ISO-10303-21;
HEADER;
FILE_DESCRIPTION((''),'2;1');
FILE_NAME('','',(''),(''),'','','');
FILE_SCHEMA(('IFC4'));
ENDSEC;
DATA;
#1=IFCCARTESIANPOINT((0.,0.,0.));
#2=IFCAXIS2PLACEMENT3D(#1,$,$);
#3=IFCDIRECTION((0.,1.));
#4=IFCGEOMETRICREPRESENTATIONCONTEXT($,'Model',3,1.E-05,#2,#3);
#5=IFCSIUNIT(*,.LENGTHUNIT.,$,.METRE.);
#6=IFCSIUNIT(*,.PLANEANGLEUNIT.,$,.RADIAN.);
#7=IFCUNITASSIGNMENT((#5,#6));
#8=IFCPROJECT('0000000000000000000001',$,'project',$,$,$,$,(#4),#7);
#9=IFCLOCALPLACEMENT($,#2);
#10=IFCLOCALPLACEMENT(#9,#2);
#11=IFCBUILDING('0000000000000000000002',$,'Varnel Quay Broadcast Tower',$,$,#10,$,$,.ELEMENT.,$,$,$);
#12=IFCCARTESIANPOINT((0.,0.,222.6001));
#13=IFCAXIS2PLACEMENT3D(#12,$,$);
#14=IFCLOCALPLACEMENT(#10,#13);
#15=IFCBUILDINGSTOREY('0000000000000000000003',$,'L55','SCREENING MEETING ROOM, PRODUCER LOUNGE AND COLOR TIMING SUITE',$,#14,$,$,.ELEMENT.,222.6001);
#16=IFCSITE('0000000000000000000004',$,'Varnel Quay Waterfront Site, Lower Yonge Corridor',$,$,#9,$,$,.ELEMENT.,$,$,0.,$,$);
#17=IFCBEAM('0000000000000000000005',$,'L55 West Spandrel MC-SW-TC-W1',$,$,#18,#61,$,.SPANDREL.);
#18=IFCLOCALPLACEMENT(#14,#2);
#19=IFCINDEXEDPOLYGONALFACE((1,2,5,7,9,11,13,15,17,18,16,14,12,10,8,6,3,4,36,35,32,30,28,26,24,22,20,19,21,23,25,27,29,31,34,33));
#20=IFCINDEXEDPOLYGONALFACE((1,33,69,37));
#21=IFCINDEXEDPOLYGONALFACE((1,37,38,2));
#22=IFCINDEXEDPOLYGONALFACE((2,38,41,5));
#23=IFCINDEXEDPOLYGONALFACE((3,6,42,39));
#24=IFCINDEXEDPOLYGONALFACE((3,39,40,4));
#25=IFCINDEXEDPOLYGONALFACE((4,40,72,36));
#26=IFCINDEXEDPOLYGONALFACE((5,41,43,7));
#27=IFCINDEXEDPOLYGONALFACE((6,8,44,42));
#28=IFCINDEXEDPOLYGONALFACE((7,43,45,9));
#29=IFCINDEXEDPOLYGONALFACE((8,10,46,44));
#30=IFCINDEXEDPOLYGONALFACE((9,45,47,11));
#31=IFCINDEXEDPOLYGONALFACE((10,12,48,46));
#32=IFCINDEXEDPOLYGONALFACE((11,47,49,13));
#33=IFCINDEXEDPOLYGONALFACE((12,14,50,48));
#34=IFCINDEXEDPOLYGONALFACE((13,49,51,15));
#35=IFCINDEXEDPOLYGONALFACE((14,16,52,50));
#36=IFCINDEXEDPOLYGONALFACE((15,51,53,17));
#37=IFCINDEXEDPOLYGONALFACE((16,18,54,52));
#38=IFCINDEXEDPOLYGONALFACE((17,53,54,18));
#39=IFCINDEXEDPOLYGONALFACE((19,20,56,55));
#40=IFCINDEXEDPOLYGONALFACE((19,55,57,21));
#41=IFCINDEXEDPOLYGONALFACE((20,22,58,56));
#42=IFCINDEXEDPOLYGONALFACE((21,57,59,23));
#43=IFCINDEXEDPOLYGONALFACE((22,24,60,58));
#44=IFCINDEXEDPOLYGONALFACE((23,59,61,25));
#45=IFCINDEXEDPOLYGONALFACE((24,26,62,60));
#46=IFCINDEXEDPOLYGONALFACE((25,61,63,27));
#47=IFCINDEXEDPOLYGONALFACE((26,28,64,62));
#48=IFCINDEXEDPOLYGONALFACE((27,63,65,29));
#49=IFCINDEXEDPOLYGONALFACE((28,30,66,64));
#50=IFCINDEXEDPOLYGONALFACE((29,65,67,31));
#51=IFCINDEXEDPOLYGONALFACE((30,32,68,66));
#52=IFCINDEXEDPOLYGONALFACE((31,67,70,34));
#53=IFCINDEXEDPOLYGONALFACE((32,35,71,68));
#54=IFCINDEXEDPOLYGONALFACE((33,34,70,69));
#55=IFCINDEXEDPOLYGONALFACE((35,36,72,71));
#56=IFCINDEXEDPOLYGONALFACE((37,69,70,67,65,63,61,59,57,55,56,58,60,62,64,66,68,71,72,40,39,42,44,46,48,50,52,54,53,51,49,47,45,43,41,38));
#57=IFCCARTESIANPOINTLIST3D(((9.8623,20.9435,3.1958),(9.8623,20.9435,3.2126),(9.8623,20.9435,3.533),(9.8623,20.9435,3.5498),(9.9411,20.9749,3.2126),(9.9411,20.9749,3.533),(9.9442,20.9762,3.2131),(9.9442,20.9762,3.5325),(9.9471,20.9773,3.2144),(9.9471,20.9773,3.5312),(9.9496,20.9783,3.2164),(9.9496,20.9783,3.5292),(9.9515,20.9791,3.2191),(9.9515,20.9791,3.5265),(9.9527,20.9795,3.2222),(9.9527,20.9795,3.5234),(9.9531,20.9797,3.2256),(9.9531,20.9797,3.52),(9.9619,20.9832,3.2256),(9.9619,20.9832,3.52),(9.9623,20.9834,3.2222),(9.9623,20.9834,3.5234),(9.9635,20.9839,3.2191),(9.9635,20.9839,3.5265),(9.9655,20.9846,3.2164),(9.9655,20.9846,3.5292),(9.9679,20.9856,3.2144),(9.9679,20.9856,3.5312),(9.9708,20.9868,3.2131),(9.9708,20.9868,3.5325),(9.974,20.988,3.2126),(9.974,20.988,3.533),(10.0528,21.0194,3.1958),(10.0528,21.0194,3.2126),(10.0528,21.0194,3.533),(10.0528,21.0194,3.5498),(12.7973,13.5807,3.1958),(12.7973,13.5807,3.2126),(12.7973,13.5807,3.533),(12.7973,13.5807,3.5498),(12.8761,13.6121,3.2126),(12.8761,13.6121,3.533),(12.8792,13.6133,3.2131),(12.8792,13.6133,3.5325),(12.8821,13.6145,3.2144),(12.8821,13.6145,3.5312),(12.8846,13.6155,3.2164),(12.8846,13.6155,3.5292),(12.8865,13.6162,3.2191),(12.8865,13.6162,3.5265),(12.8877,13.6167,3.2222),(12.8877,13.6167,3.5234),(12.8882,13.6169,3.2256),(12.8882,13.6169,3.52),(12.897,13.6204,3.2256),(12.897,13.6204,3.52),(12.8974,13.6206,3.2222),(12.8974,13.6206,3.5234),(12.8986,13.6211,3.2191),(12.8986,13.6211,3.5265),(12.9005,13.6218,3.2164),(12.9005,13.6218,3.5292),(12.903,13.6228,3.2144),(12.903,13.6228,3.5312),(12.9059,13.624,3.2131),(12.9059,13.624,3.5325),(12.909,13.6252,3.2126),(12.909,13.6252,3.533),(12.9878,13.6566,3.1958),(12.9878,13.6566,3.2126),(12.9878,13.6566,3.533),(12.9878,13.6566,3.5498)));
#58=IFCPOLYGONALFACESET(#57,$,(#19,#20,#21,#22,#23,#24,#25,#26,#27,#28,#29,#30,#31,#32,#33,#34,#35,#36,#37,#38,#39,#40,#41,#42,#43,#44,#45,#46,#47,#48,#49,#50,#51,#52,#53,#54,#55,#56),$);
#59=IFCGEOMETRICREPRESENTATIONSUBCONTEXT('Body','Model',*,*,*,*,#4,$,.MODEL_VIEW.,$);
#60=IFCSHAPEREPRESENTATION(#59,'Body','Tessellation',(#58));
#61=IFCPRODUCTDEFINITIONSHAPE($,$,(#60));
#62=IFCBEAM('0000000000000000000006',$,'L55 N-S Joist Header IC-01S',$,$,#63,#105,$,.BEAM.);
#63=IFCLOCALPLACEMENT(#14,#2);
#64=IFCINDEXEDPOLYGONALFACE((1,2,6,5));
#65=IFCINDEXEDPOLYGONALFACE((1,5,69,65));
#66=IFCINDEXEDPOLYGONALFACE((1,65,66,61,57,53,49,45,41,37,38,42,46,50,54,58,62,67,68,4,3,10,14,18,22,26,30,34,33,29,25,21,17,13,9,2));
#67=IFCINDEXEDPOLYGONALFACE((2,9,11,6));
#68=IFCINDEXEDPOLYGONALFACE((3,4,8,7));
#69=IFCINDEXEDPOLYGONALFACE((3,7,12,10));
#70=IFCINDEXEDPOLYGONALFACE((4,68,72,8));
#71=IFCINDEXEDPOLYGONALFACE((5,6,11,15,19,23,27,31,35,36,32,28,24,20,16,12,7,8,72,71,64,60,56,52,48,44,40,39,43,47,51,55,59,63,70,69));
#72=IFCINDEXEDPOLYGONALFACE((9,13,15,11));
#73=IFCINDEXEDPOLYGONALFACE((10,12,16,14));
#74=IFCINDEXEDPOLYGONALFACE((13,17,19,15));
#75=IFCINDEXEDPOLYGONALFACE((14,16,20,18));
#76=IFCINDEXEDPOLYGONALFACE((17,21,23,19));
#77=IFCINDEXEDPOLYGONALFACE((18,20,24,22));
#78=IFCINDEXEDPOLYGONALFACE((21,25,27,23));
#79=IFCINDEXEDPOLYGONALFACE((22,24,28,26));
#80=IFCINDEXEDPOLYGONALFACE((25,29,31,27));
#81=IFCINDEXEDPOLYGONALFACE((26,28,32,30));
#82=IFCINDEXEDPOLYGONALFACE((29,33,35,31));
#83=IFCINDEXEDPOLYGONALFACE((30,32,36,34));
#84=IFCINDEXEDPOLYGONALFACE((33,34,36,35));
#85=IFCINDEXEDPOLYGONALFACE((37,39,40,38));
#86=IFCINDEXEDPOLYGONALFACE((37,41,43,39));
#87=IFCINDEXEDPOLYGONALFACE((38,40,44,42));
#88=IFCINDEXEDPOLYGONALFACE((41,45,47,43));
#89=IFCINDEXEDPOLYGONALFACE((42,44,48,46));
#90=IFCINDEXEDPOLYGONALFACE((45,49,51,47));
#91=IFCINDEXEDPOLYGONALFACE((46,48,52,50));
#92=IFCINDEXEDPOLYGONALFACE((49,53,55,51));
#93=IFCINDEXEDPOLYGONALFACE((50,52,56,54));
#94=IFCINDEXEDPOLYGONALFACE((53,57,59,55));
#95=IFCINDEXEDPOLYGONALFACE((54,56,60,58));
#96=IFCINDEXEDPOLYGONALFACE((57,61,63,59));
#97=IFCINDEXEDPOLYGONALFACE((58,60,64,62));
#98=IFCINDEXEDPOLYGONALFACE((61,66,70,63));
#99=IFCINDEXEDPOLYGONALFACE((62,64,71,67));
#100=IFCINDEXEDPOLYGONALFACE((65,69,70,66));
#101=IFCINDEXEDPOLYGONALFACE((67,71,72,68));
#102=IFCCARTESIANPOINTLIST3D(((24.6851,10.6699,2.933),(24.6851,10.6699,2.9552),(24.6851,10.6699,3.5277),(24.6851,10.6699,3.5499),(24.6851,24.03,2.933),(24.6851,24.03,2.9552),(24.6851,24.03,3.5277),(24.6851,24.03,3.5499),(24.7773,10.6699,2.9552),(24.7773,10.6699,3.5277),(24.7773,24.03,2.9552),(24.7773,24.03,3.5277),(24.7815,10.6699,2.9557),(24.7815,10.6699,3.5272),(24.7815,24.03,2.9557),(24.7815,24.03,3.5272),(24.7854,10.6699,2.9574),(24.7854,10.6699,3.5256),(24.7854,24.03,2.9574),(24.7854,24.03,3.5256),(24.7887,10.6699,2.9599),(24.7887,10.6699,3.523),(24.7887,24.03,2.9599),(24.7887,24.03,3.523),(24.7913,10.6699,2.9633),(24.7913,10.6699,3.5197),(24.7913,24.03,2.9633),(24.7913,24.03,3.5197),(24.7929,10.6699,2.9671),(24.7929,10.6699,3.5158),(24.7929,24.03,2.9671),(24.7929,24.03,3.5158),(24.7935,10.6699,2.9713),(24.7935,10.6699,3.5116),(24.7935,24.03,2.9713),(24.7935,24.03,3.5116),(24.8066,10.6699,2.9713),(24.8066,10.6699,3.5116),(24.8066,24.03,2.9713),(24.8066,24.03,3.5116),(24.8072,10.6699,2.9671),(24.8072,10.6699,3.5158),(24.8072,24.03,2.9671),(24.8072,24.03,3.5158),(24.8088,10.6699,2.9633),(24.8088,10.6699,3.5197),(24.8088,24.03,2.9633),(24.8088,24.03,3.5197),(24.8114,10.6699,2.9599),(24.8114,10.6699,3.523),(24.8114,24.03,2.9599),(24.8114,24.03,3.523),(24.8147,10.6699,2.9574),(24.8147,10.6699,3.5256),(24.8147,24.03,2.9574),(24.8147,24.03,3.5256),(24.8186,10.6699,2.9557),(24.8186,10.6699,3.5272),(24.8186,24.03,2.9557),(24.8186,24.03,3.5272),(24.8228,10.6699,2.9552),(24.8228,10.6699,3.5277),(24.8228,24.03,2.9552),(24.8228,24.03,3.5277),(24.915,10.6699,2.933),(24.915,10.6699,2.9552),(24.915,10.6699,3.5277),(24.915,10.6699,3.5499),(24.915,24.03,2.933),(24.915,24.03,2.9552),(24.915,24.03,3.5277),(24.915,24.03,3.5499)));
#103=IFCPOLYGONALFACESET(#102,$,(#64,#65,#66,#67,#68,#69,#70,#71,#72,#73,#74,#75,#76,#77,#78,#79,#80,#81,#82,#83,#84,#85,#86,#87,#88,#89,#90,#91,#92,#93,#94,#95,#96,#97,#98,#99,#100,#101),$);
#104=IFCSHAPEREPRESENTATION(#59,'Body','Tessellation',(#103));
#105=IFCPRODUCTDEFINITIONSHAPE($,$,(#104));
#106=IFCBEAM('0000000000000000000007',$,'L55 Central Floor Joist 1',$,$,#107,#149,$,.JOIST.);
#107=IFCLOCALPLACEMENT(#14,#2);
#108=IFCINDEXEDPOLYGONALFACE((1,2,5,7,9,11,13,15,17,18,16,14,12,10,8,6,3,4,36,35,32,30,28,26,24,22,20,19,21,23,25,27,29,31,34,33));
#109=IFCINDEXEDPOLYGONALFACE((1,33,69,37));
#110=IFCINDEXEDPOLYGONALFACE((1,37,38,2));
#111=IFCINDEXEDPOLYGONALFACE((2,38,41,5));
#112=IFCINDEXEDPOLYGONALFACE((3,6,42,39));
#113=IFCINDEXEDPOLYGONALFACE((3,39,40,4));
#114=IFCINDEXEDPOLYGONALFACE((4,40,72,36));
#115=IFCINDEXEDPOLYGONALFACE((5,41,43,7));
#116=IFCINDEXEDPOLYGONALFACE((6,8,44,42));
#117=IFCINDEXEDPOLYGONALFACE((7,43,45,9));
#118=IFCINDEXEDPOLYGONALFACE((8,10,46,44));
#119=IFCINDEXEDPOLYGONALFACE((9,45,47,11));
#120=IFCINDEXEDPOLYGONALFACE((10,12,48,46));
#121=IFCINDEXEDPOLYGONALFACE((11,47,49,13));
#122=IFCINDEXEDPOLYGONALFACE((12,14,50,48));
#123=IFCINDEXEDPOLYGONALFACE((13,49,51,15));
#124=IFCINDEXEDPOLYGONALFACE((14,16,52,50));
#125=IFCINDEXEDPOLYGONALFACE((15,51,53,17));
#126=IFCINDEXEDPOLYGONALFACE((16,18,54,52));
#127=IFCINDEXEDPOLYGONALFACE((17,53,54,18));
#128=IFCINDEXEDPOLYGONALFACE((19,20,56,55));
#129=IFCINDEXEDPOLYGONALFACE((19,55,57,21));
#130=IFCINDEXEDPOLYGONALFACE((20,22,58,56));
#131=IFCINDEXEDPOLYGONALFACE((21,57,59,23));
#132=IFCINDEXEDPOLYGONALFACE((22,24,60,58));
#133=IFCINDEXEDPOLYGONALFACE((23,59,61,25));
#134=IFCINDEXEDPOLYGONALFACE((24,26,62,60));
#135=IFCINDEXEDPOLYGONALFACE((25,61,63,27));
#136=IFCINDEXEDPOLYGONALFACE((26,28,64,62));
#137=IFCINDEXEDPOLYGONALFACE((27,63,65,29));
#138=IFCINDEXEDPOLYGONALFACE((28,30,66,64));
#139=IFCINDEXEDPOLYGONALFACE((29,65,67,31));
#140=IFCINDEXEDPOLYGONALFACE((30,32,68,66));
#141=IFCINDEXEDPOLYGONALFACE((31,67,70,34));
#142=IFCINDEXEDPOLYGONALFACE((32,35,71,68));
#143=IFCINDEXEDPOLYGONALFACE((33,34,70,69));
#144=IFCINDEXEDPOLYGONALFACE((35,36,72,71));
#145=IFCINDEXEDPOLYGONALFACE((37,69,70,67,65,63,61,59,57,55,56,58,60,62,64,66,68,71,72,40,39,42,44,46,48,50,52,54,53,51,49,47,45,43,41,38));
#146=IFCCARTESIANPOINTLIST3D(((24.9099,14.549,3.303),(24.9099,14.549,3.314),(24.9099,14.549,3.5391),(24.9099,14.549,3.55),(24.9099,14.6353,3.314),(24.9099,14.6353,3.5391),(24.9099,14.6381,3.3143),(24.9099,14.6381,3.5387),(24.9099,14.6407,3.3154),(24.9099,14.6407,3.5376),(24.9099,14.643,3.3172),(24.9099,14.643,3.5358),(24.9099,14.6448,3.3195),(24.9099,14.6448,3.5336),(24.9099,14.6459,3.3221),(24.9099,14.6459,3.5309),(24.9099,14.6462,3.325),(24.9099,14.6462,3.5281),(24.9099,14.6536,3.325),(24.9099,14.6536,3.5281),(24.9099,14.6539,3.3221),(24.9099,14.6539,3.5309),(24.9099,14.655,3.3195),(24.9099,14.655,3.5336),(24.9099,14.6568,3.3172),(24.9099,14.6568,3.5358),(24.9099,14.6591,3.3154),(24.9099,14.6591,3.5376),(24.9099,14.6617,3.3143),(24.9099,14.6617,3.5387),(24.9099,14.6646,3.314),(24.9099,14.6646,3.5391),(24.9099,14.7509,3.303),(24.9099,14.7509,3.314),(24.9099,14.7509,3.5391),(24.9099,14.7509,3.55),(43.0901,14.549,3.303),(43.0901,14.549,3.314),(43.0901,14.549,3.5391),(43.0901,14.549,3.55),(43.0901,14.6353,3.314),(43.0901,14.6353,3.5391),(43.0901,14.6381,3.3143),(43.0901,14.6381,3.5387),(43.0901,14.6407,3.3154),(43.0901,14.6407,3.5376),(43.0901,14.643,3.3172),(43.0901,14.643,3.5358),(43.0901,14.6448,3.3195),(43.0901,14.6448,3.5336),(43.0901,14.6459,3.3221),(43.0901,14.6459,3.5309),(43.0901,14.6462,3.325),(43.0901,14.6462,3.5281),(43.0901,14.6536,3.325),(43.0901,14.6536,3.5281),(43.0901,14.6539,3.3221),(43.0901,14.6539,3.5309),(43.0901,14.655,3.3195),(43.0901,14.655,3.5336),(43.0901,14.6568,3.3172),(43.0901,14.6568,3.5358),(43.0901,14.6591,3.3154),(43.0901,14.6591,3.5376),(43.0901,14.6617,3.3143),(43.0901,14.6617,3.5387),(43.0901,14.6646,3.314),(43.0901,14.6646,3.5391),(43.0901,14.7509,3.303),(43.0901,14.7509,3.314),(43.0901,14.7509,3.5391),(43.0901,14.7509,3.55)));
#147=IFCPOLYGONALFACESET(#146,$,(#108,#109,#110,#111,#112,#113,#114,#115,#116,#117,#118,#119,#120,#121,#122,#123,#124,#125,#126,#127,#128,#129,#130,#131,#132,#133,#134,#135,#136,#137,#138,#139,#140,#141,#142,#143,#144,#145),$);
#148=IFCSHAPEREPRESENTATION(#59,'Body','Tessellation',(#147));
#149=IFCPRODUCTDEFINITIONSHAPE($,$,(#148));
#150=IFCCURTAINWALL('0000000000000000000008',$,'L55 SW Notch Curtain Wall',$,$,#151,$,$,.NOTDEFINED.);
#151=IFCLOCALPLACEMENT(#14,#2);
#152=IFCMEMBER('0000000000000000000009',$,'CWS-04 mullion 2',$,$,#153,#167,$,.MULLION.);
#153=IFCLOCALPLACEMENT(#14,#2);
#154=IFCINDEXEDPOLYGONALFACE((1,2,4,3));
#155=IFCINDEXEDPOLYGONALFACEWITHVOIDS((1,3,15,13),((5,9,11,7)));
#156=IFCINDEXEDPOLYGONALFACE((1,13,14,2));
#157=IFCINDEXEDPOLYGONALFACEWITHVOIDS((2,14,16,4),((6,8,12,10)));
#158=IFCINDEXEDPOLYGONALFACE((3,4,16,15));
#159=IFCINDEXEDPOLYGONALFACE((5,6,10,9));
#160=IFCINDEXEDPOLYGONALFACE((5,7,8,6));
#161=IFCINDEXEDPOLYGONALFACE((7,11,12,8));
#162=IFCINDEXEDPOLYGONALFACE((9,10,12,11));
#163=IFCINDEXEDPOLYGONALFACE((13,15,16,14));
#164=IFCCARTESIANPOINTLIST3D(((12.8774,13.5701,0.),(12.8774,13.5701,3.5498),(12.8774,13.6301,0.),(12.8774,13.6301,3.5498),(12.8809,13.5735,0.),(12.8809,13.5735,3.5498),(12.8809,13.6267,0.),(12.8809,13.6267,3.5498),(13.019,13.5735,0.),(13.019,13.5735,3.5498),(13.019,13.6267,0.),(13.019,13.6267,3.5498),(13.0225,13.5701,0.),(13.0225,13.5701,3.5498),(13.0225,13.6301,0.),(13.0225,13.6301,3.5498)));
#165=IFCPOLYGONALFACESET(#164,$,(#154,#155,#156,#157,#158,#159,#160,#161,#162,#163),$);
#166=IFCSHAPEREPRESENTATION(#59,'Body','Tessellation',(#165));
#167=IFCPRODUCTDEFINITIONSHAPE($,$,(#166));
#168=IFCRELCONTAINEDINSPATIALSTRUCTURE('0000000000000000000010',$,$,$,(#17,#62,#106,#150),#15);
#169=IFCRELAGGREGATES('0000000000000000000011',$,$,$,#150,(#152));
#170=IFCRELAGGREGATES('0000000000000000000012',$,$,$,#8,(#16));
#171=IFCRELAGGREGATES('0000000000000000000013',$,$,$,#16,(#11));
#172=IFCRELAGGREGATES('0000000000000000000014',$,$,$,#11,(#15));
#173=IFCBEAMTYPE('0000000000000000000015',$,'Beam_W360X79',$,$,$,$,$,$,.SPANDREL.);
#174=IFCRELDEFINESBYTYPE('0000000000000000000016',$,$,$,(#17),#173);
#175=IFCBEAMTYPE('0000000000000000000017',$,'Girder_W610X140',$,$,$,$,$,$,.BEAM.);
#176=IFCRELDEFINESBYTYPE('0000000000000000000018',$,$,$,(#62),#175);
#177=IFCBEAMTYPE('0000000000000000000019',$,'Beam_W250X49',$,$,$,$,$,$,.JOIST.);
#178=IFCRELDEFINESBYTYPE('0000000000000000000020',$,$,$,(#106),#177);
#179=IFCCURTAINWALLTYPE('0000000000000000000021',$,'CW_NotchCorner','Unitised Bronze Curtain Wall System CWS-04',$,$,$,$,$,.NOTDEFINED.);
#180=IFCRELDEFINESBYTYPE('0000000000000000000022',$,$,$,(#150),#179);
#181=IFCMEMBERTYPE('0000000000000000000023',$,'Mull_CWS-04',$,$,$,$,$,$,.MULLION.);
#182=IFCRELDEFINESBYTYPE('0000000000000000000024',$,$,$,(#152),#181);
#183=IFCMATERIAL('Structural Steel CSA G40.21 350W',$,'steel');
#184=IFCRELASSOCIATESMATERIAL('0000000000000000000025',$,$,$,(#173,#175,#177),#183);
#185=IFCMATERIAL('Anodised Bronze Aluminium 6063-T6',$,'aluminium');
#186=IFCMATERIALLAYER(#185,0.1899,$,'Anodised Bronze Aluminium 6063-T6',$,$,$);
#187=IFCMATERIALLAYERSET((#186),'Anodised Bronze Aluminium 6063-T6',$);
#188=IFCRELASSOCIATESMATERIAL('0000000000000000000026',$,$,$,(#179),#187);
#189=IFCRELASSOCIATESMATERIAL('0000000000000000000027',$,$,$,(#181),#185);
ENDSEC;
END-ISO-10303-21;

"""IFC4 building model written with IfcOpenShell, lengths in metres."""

from ifc_helpers import new_model, si_unit, direction, frame, origin, origin_2d, place, context, subcontext, project, spatial, hollow_rectangle, i_section, extrude, source, transform, mapped, material, layer, layer_set, material_profile, profile_set, type_object, type_shapes, element, aggregate, save


model = new_model("IFC4")

# Units and contexts
model_context = context("Model", 3, precision=1e-05, world=origin(), true_north=direction((0.0, 1.0)))
body_context = subcontext(model_context, "Body", "Model", "MODEL_VIEW")
ifc_project = project(units=[si_unit("LENGTHUNIT", "METRE"), si_unit("PLANEANGLEUNIT", "RADIAN")], contexts=[model_context])

# Site, building, storey
site_placement = place(None, origin())
site = spatial("IfcSite", under=ifc_project, at=site_placement, Name="Varnel Quay Waterfront Site, Lower Yonge Corridor", CompositionType="ELEMENT", RefElevation=0.0)
building_placement = place(site_placement, origin())
building = spatial("IfcBuilding", under=site, at=building_placement, Name="Varnel Quay Broadcast Tower", CompositionType="ELEMENT")
storey_placement = place(building_placement, frame((0.0, 0.0, 222.6001)))
storey = spatial("IfcBuildingStorey", under=building, at=storey_placement, Name="L55", Description="SCREENING MEETING ROOM, PRODUCER LOUNGE AND COLOR TIMING SUITE", CompositionType="ELEMENT", Elevation=222.6001)

# Shared definitions
ifc_material_1 = material(Name="Structural Steel CSA G40.21 350W", Category="steel")

# Beams
ifc_material_profile_1 = material_profile(ifc_material_1, i_section(OverallWidth=0.2051, OverallDepth=0.354, WebThickness=0.0095, FlangeThickness=0.0168, FilletRadius=0.0129, at=origin_2d()), Name="W360X79")
ifc_profile_set_1 = profile_set([ifc_material_profile_1], Name="Structural Steel CSA G40.21 350W")
beam_type_1 = type_object("IfcBeamType", Name="Beam_W360X79", PredefinedType="SPANDREL", material=ifc_profile_set_1)
shared_shape_1 = source(origin(), body_context, "Body", "SweptSolid", [
    extrude(i_section(OverallWidth=0.2051, OverallDepth=0.354, WebThickness=0.0095, FlangeThickness=0.0168, FilletRadius=0.0129, at=origin_2d()), origin(), (0.0, 0.0, 1.0), 7.9263),
])
beam_1_placement = place(storey_placement, frame((12.8926, 13.6187, 3.3728), z_axis=(-0.370296, 0.928914, 0.0), x_axis=(-0.928914, -0.370296, 0.0)))
element("IfcBeam", 1, at=beam_1_placement, inside=storey, type_object=beam_type_1, Name="L55 West Spandrel MC-SW-TC-W1", PredefinedType="SPANDREL", context=body_context, shape_type="MappedRepresentation", body=[
    mapped(shared_shape_1, transform((0.0, 0.0, 0.0), x_axis=(1.0, 0.0, 0.0), y_axis=(0.0, 1.0, 0.0), z_axis=(0.0, 0.0, 1.0), scale=1.0)),
])
ifc_material_profile_2 = material_profile(ifc_material_1, i_section(OverallWidth=0.23, OverallDepth=0.6169, WebThickness=0.0132, FlangeThickness=0.0222, FilletRadius=0.0161, at=origin_2d()), Name="W610X140")
ifc_profile_set_2 = profile_set([ifc_material_profile_2], Name="Structural Steel CSA G40.21 350W")
beam_type_2 = type_object("IfcBeamType", Name="Girder_W610X140", PredefinedType="BEAM", material=ifc_profile_set_2)
shared_shape_2 = source(origin(), body_context, "Body", "SweptSolid", [
    extrude(i_section(OverallWidth=0.23, OverallDepth=0.6169, WebThickness=0.0132, FlangeThickness=0.0222, FilletRadius=0.0161, at=origin_2d()), origin(), (0.0, 0.0, 1.0), 13.3601),
])
type_shapes(beam_type_2, [shared_shape_2])
beam_2_placement = place(storey_placement, frame((24.8, 10.6699, 3.2415), z_axis=(0.0, 1.0, 0.0), x_axis=(-1.0, 0.0, 0.0)))
element("IfcBeam", 2, at=beam_2_placement, inside=storey, type_object=beam_type_2, Name="L55 N-S Joist Header IC-01S", PredefinedType="BEAM", context=body_context, shape_type="MappedRepresentation", body=[
    mapped(shared_shape_2, transform((0.0, 0.0, 0.0), x_axis=(1.0, 0.0, 0.0), y_axis=(0.0, 1.0, 0.0), z_axis=(0.0, 0.0, 1.0), scale=1.0)),
])
ifc_material_profile_3 = material_profile(ifc_material_1, i_section(OverallWidth=0.2019, OverallDepth=0.2471, WebThickness=0.0073, FlangeThickness=0.011, FilletRadius=0.011, at=origin_2d()), Name="W250X49")
ifc_profile_set_3 = profile_set([ifc_material_profile_3], Name="Structural Steel CSA G40.21 350W")
beam_type_3 = type_object("IfcBeamType", Name="Beam_W250X49", PredefinedType="JOIST", material=ifc_profile_set_3)
shared_shape_3 = source(origin(), body_context, "Body", "SweptSolid", [
    extrude(i_section(OverallWidth=0.2019, OverallDepth=0.2471, WebThickness=0.0073, FlangeThickness=0.011, FilletRadius=0.011, at=origin_2d()), origin(), (0.0, 0.0, 1.0), 18.1802),
])
type_shapes(beam_type_3, [shared_shape_3])
beam_3_placement = place(storey_placement, frame((24.9099, 14.6499, 3.4265), z_axis=(1.0, 0.0, 0.0), x_axis=(0.0, 1.0, 0.0)))
element("IfcBeam", 3, at=beam_3_placement, inside=storey, type_object=beam_type_3, Name="L55 Central Floor Joist 1", PredefinedType="JOIST", context=body_context, shape_type="MappedRepresentation", body=[
    mapped(shared_shape_3, transform((0.0, 0.0, 0.0), x_axis=(1.0, 0.0, 0.0), y_axis=(0.0, 1.0, 0.0), z_axis=(0.0, 0.0, 1.0), scale=1.0)),
])

# Curtain wall, member
ifc_material_2 = material(Name="Anodised Bronze Aluminium 6063-T6", Category="aluminium")
ifc_layer_1 = layer(ifc_material_2, 0.1899, Name="Anodised Bronze Aluminium 6063-T6")
ifc_layer_set_1 = layer_set([ifc_layer_1], Name="Anodised Bronze Aluminium 6063-T6")
curtain_wall_type_1 = type_object("IfcCurtainWallType", Name="CW_NotchCorner", Description="Unitised Bronze Curtain Wall System CWS-04", PredefinedType="NOTDEFINED", material=ifc_layer_set_1)
curtain_wall_1_placement = place(storey_placement, origin())
curtain_wall_1 = element("IfcCurtainWall", 4, at=curtain_wall_1_placement, inside=storey, type_object=curtain_wall_type_1, Name="L55 SW Notch Curtain Wall", PredefinedType="NOTDEFINED")
ifc_material_profile_4 = material_profile(ifc_material_2, hollow_rectangle(XDim=0.0601, YDim=0.145, WallThickness=0.0034, at=origin_2d()), Name="ALU60X145X3.5")
ifc_profile_set_4 = profile_set([ifc_material_profile_4], Name="Anodised Bronze Aluminium 6063-T6")
member_type_1 = type_object("IfcMemberType", Name="Mull_CWS-04", PredefinedType="MULLION", material=ifc_profile_set_4)
shared_shape_4 = source(origin(), body_context, "Body", "SweptSolid", [
    extrude(hollow_rectangle(XDim=0.0601, YDim=0.145, WallThickness=0.0034, at=origin_2d()), origin(), (0.0, 0.0, 1.0), 3.5498),
])
type_shapes(member_type_1, [shared_shape_4])
member_1_placement = place(storey_placement, frame((12.95, 13.6001, 0.0), z_axis=(0.0, 0.0, 1.0), x_axis=(0.0, 1.0, 0.0)))
member_1 = element("IfcMember", 5, at=member_1_placement, type_object=member_type_1, Name="CWS-04 mullion 2", PredefinedType="MULLION", context=body_context, shape_type="MappedRepresentation", body=[
    mapped(shared_shape_4, transform((0.0, 0.0, 0.0), x_axis=(1.0, 0.0, 0.0), y_axis=(0.0, 1.0, 0.0), z_axis=(0.0, 0.0, 1.0), scale=1.0)),
])
aggregate(curtain_wall_1, [member_1])

save(model, "model.ifc")
